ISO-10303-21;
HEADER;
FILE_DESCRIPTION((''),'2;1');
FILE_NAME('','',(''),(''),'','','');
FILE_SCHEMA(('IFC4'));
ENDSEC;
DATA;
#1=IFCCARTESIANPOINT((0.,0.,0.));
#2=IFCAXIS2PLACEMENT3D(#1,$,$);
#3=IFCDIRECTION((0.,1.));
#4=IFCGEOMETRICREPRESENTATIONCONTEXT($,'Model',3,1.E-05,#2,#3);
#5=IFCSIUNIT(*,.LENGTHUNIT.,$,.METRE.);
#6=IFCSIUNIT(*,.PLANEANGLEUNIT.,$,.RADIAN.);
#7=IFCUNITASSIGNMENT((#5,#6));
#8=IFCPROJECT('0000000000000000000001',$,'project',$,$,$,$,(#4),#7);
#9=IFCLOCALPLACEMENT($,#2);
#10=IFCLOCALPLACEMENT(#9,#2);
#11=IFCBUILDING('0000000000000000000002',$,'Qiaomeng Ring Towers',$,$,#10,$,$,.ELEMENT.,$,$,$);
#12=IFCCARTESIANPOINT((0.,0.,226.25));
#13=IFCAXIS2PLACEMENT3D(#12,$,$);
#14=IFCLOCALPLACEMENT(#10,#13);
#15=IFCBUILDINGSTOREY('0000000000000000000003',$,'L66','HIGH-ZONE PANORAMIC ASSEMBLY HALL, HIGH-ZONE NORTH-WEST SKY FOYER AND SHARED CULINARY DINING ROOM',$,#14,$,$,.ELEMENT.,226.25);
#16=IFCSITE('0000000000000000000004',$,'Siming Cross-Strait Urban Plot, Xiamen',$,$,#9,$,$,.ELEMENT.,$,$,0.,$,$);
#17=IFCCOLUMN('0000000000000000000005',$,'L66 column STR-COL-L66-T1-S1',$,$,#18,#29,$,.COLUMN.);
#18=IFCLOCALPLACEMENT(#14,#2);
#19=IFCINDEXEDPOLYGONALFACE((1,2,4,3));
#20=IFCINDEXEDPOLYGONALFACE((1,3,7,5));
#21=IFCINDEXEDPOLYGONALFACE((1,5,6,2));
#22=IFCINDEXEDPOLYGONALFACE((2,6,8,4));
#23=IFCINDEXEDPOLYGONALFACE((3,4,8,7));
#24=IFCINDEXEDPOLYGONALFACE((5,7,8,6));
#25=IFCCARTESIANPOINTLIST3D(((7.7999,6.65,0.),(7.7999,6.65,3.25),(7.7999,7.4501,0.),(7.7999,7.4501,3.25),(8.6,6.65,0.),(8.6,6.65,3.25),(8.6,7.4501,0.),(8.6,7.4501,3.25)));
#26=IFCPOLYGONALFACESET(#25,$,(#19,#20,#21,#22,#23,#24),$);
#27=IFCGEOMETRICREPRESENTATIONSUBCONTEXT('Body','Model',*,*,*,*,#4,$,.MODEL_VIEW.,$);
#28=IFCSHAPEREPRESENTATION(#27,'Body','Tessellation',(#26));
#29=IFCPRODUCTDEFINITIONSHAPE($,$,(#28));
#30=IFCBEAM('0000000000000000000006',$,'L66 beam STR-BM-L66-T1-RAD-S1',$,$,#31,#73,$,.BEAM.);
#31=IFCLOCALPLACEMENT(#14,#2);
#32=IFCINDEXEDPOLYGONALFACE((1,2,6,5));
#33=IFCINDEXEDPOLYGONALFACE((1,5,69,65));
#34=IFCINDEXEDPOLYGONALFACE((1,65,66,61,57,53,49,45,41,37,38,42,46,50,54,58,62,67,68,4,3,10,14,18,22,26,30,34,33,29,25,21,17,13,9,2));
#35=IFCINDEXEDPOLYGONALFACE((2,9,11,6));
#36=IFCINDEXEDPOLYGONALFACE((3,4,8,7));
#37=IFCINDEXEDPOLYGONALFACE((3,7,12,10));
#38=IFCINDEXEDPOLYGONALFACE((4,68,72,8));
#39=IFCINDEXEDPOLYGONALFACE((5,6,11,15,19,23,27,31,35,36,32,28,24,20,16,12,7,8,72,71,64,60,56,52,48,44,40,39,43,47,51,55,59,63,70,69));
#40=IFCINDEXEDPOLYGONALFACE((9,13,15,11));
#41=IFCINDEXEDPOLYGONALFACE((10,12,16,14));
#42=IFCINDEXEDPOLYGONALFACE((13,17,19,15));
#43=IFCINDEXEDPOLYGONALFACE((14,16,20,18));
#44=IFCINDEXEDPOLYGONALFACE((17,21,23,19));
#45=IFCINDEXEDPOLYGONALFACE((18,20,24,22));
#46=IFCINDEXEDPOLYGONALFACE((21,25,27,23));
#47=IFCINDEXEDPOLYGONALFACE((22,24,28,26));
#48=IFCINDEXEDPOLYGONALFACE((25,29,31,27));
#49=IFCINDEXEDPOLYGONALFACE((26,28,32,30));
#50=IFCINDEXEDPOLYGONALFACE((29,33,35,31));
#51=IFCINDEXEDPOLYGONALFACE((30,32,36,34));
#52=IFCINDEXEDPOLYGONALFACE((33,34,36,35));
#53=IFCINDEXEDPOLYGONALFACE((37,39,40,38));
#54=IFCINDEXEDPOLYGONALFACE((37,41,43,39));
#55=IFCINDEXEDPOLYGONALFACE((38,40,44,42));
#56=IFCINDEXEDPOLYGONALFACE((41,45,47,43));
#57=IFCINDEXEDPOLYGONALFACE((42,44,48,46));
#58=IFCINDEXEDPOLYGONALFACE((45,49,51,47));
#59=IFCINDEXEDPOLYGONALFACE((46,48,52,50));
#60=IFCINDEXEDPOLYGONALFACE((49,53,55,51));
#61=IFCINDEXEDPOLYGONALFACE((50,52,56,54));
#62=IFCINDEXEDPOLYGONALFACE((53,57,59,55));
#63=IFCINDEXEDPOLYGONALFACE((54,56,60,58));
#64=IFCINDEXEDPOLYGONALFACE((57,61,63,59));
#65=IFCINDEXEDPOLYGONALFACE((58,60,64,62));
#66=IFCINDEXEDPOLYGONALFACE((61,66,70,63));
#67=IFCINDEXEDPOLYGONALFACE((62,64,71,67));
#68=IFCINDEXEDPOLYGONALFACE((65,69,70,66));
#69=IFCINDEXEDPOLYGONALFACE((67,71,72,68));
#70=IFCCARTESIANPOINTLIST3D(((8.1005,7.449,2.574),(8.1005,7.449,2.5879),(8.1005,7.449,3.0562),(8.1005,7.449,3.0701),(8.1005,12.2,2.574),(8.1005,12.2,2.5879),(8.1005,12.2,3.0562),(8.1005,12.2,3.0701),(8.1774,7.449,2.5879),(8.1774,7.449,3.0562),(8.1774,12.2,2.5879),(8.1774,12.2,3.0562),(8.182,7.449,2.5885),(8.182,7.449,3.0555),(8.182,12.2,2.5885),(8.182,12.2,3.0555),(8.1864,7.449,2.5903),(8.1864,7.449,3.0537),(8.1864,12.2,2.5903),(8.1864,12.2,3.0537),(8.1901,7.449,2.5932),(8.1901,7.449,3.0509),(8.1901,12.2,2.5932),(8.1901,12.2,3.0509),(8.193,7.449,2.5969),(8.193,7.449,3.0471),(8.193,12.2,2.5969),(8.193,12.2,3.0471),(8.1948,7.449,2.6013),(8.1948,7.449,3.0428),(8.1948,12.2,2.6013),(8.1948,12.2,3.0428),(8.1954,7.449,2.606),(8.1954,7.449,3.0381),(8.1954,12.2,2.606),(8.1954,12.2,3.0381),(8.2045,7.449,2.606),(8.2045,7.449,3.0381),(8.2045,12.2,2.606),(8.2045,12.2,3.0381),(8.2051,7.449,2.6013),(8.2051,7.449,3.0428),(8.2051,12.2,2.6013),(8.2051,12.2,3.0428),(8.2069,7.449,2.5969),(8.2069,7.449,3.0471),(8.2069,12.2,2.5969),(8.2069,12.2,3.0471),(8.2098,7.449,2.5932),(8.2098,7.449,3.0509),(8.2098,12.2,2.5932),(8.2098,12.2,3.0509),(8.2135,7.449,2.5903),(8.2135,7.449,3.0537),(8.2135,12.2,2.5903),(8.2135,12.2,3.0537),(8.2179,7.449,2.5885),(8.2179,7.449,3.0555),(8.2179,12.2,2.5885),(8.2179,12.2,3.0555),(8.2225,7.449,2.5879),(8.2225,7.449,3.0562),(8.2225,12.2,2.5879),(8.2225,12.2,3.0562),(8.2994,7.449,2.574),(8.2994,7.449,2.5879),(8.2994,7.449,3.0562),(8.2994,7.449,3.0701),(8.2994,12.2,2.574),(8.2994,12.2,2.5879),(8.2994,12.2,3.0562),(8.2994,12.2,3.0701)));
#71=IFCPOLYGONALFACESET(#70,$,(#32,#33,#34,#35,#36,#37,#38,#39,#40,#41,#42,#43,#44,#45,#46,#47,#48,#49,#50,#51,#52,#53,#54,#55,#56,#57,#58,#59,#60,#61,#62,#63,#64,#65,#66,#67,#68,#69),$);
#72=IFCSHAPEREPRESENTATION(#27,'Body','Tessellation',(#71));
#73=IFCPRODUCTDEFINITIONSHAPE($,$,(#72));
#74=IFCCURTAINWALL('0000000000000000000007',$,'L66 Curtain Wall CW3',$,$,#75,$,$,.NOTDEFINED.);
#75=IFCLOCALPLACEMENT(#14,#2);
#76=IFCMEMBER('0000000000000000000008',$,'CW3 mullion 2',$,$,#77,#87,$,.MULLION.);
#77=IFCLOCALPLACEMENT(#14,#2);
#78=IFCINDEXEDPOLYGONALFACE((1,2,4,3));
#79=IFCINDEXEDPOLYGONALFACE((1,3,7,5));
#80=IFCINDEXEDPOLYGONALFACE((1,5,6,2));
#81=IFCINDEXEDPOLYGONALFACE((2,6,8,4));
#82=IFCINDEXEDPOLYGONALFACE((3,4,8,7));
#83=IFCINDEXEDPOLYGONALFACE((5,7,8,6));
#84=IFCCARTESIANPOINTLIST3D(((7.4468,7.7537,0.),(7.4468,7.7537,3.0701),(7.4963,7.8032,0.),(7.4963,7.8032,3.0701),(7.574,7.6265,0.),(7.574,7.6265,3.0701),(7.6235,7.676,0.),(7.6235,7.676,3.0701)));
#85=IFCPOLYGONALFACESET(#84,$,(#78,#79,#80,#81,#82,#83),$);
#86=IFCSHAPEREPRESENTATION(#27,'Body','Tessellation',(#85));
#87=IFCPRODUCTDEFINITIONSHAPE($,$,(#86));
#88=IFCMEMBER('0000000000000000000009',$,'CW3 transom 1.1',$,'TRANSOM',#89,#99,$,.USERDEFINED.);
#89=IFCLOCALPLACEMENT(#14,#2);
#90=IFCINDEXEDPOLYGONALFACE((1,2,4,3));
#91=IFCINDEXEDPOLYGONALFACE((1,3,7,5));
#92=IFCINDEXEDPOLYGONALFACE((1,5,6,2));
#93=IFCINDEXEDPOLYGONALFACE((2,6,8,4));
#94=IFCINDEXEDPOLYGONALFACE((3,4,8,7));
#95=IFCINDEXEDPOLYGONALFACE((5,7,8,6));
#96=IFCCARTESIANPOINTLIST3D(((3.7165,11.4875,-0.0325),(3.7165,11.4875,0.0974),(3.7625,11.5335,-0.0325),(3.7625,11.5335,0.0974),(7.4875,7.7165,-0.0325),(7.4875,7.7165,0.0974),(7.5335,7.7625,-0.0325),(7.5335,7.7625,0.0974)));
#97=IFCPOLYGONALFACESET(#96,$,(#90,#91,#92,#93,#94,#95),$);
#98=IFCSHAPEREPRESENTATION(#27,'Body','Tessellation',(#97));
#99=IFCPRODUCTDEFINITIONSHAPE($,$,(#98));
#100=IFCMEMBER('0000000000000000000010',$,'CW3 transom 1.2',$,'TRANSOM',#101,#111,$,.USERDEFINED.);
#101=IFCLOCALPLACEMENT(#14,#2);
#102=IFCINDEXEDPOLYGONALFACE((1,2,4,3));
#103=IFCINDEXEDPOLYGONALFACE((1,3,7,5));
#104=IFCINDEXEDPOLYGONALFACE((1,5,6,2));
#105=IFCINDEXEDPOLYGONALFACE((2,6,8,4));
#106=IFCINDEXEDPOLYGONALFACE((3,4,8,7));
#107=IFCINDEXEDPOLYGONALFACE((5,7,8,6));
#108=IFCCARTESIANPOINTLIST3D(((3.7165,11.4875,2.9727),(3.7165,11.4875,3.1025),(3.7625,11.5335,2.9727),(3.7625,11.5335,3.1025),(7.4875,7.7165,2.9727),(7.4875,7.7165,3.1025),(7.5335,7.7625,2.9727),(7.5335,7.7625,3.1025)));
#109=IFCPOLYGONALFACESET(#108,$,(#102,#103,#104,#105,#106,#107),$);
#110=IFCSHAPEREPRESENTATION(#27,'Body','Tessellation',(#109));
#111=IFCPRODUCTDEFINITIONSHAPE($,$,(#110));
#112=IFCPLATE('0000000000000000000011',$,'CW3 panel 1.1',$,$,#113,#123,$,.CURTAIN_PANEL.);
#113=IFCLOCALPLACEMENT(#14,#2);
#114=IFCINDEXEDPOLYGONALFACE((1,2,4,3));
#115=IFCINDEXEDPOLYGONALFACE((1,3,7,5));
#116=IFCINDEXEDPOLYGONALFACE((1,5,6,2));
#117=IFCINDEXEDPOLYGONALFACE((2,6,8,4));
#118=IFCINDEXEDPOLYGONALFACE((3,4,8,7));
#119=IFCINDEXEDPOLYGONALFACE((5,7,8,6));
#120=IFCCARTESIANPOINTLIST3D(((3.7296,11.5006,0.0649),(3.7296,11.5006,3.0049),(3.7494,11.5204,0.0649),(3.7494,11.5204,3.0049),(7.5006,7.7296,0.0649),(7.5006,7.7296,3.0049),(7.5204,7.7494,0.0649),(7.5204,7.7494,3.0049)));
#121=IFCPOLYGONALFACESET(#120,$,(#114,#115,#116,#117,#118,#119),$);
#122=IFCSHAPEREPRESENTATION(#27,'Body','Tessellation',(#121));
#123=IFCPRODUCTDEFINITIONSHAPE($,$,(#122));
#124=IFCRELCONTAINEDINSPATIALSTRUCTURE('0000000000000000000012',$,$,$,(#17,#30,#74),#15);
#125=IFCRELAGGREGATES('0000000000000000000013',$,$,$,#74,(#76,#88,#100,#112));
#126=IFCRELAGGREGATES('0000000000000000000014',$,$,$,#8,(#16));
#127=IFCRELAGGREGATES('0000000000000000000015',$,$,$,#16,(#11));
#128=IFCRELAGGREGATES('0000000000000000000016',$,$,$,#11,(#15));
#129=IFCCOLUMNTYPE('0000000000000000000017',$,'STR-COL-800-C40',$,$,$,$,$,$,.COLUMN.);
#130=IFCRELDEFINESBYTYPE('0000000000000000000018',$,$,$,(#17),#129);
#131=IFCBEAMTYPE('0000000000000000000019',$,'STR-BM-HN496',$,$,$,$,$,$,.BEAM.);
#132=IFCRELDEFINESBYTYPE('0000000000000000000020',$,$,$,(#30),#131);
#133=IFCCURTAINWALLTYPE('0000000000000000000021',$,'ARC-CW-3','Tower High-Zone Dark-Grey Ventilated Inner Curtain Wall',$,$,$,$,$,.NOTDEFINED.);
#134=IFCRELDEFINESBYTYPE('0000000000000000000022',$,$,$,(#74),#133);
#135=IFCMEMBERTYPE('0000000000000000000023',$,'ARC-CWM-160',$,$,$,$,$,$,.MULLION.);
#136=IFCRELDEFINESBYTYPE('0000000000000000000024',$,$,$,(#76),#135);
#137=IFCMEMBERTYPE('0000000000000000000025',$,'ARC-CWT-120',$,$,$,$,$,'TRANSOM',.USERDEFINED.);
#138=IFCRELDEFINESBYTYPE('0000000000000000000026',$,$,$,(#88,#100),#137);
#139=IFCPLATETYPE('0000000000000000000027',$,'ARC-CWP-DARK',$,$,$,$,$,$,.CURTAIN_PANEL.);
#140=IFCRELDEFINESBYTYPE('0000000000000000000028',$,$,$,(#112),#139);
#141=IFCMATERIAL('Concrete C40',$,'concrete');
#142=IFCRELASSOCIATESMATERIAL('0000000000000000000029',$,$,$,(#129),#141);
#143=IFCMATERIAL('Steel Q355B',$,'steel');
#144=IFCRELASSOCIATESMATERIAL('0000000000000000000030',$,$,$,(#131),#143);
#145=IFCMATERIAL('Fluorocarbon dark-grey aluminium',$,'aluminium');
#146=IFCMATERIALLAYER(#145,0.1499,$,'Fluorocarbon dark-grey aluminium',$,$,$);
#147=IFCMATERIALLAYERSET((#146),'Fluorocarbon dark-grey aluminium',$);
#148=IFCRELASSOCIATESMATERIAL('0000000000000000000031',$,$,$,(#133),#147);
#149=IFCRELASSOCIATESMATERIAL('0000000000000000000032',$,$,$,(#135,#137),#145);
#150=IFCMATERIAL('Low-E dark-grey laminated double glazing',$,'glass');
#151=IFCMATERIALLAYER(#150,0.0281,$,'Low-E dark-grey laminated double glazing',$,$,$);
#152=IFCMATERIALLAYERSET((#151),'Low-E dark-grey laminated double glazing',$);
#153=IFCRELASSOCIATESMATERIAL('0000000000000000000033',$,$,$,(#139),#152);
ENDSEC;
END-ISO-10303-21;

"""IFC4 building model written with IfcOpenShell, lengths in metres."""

from ifc_helpers import new_model, si_unit, direction, frame, origin, origin_2d, place, context, subcontext, project, spatial, rectangle, i_section, extrude, source, transform, mapped, material, layer, layer_set, material_profile, profile_set, type_object, element, aggregate, save


model = new_model("IFC4")

# Units and contexts
model_context = context("Model", 3, precision=1e-05, world=origin(), true_north=direction((0.0, 1.0)))
body_context = subcontext(model_context, "Body", "Model", "MODEL_VIEW")
ifc_project = project(units=[si_unit("LENGTHUNIT", "METRE"), si_unit("PLANEANGLEUNIT", "RADIAN")], contexts=[model_context])

# Site, building, storey
site_placement = place(None, origin())
site = spatial("IfcSite", under=ifc_project, at=site_placement, Name="Siming Cross-Strait Urban Plot, Xiamen", CompositionType="ELEMENT", RefElevation=0.0)
building_placement = place(site_placement, origin())
building = spatial("IfcBuilding", under=site, at=building_placement, Name="Qiaomeng Ring Towers", CompositionType="ELEMENT")
storey_placement = place(building_placement, frame((0.0, 0.0, 226.25)))
storey = spatial("IfcBuildingStorey", under=building, at=storey_placement, Name="L66", Description="HIGH-ZONE PANORAMIC ASSEMBLY HALL, HIGH-ZONE NORTH-WEST SKY FOYER AND SHARED CULINARY DINING ROOM", CompositionType="ELEMENT", Elevation=226.25)

# Column
ifc_material_1 = material(Name="Concrete C40", Category="concrete")
ifc_material_profile_1 = material_profile(ifc_material_1, rectangle(XDim=0.8, YDim=0.8, at=origin_2d()), Name="RC COL 800x800")
ifc_profile_set_1 = profile_set([ifc_material_profile_1], Name="Concrete C40")
column_type = type_object("IfcColumnType", Name="STR-COL-800-C40", PredefinedType="COLUMN", material=ifc_profile_set_1)
shared_shape_1 = source(origin(), body_context, "Body", "SweptSolid", [
    extrude(rectangle(XDim=0.8, YDim=0.8, at=origin_2d()), origin(), (0.0, 0.0, 1.0), 3.25),
])
column_placement = place(storey_placement, frame((8.2, 7.05, 0.0), z_axis=(0.0, 0.0, 1.0), x_axis=(1.0, 0.0, 0.0)))
element("IfcColumn", 1, at=column_placement, inside=storey, type_object=column_type, Name="L66 column STR-COL-L66-T1-S1", PredefinedType="COLUMN", context=body_context, shape_type="MappedRepresentation", body=[
    mapped(shared_shape_1, transform((0.0, 0.0, 0.0), x_axis=(1.0, 0.0, 0.0), y_axis=(0.0, 1.0, 0.0), z_axis=(0.0, 0.0, 1.0), scale=1.0)),
])

# Beam
ifc_material_2 = material(Name="Steel Q355B", Category="steel")
ifc_material_profile_2 = material_profile(ifc_material_2, i_section(OverallWidth=0.199, OverallDepth=0.4961, WebThickness=0.009, FlangeThickness=0.0139, FilletRadius=0.0181, at=origin_2d()), Name="HN 496x199x9x14")
ifc_profile_set_2 = profile_set([ifc_material_profile_2], Name="Steel Q355B")
beam_type = type_object("IfcBeamType", Name="STR-BM-HN496", PredefinedType="BEAM", material=ifc_profile_set_2)
shared_shape_2 = source(origin(), body_context, "Body", "SweptSolid", [
    extrude(i_section(OverallWidth=0.199, OverallDepth=0.4961, WebThickness=0.009, FlangeThickness=0.0139, FilletRadius=0.0181, at=origin_2d()), origin(), (0.0, 0.0, 1.0), 4.751),
])
beam_placement = place(storey_placement, frame((8.2, 7.449, 2.822), z_axis=(0.0, 1.0, 0.0), x_axis=(-1.0, 0.0, 0.0)))
element("IfcBeam", 2, at=beam_placement, inside=storey, type_object=beam_type, Name="L66 beam STR-BM-L66-T1-RAD-S1", PredefinedType="BEAM", context=body_context, shape_type="MappedRepresentation", body=[
    mapped(shared_shape_2, transform((0.0, 0.0, 0.0), x_axis=(1.0, 0.0, 0.0), y_axis=(0.0, 1.0, 0.0), z_axis=(0.0, 0.0, 1.0), scale=1.0)),
])

# Curtain wall, members, plate
ifc_material_3 = material(Name="Fluorocarbon dark-grey aluminium", Category="aluminium")
ifc_layer_1 = layer(ifc_material_3, 0.1499, Name="Fluorocarbon dark-grey aluminium")
ifc_layer_set_1 = layer_set([ifc_layer_1], Name="Fluorocarbon dark-grey aluminium")
curtain_wall_type = type_object("IfcCurtainWallType", Name="ARC-CW-3", Description="Tower High-Zone Dark-Grey Ventilated Inner Curtain Wall", PredefinedType="NOTDEFINED", material=ifc_layer_set_1)
curtain_wall_placement = place(storey_placement, origin())
curtain_wall = element("IfcCurtainWall", 3, at=curtain_wall_placement, inside=storey, type_object=curtain_wall_type, Name="L66 Curtain Wall CW3", PredefinedType="NOTDEFINED")
ifc_material_profile_3 = material_profile(ifc_material_3, rectangle(XDim=0.0701, YDim=0.1799, at=origin_2d()), Name="ALU MULL 70x180")
ifc_profile_set_3 = profile_set([ifc_material_profile_3], Name="Fluorocarbon dark-grey aluminium")
member_type_1 = type_object("IfcMemberType", Name="ARC-CWM-160", PredefinedType="MULLION", material=ifc_profile_set_3)
shared_shape_3 = source(origin(), body_context, "Body", "SweptSolid", [
    extrude(rectangle(XDim=0.0701, YDim=0.1799, at=origin_2d()), origin(), (0.0, 0.0, 1.0), 3.0701),
])
member_1_placement = place(storey_placement, frame((7.5352, 7.7148, 0.0), z_axis=(0.0, 0.0, 1.0), x_axis=(0.707107, 0.707107, 0.0)))
member_1 = element("IfcMember", 4, at=member_1_placement, type_object=member_type_1, Name="CW3 mullion 2", PredefinedType="MULLION", context=body_context, shape_type="MappedRepresentation", body=[
    mapped(shared_shape_3, transform((0.0, 0.0, 0.0), x_axis=(1.0, 0.0, 0.0), y_axis=(0.0, 1.0, 0.0), z_axis=(0.0, 0.0, 1.0), scale=1.0)),
])
ifc_material_profile_4 = material_profile(ifc_material_3, rectangle(XDim=0.0649, YDim=0.1299, at=origin_2d()), Name="ALU TRAN 65x130")
ifc_profile_set_4 = profile_set([ifc_material_profile_4], Name="Fluorocarbon dark-grey aluminium")
member_type_2 = type_object("IfcMemberType", Name="ARC-CWT-120", ElementType="TRANSOM", PredefinedType="USERDEFINED", material=ifc_profile_set_4)
shared_shape_4 = source(origin(), body_context, "Body", "SweptSolid", [
    extrude(rectangle(XDim=0.0649, YDim=0.1299, at=origin_2d()), origin(), (0.0, 0.0, 1.0), 5.333),
])
member_2_placement = place(storey_placement, frame((3.7395, 11.5105, 0.0325), z_axis=(0.707107, -0.707107, 0.0), x_axis=(0.707107, 0.707107, 0.0)))
member_2 = element("IfcMember", 5, at=member_2_placement, type_object=member_type_2, Name="CW3 transom 1.1", ObjectType="TRANSOM", PredefinedType="USERDEFINED", context=body_context, shape_type="MappedRepresentation", body=[
    mapped(shared_shape_4, transform((0.0, 0.0, 0.0), x_axis=(1.0, 0.0, 0.0), y_axis=(0.0, 1.0, 0.0), z_axis=(0.0, 0.0, 1.0), scale=1.0)),
])
member_3_placement = place(storey_placement, frame((3.7395, 11.5105, 3.0376), z_axis=(0.707107, -0.707107, 0.0), x_axis=(0.707107, 0.707107, 0.0)))
member_3 = element("IfcMember", 6, at=member_3_placement, type_object=member_type_2, Name="CW3 transom 1.2", ObjectType="TRANSOM", PredefinedType="USERDEFINED", context=body_context, shape_type="MappedRepresentation", body=[
    mapped(shared_shape_4, transform((0.0, 0.0, 0.0), x_axis=(1.0, 0.0, 0.0), y_axis=(0.0, 1.0, 0.0), z_axis=(0.0, 0.0, 1.0), scale=1.0)),
])
ifc_material_4 = material(Name="Low-E dark-grey laminated double glazing", Category="glass")
ifc_layer_2 = layer(ifc_material_4, 0.0281, Name="Low-E dark-grey laminated double glazing")
ifc_layer_set_2 = layer_set([ifc_layer_2], Name="Low-E dark-grey laminated double glazing")
plate_type = type_object("IfcPlateType", Name="ARC-CWP-DARK", PredefinedType="CURTAIN_PANEL", material=ifc_layer_set_2)
shared_shape_5 = source(origin(), body_context, "Body", "SweptSolid", [
    extrude(rectangle(XDim=5.333, YDim=0.0281, at=origin_2d()), origin(), (0.0, 0.0, 1.0), 2.9399),
])
plate_placement = place(storey_placement, frame((5.625, 9.625, 0.0649), z_axis=(0.0, 0.0, 1.0), x_axis=(0.707107, -0.707107, 0.0)))
plate = element("IfcPlate", 7, at=plate_placement, type_object=plate_type, Name="CW3 panel 1.1", PredefinedType="CURTAIN_PANEL", context=body_context, shape_type="MappedRepresentation", body=[
    mapped(shared_shape_5, transform((0.0, 0.0, 0.0), x_axis=(1.0, 0.0, 0.0), y_axis=(0.0, 1.0, 0.0), z_axis=(0.0, 0.0, 1.0), scale=1.0)),
])
aggregate(curtain_wall, [member_1, member_2, member_3, plate])

save(model, "model.ifc")
